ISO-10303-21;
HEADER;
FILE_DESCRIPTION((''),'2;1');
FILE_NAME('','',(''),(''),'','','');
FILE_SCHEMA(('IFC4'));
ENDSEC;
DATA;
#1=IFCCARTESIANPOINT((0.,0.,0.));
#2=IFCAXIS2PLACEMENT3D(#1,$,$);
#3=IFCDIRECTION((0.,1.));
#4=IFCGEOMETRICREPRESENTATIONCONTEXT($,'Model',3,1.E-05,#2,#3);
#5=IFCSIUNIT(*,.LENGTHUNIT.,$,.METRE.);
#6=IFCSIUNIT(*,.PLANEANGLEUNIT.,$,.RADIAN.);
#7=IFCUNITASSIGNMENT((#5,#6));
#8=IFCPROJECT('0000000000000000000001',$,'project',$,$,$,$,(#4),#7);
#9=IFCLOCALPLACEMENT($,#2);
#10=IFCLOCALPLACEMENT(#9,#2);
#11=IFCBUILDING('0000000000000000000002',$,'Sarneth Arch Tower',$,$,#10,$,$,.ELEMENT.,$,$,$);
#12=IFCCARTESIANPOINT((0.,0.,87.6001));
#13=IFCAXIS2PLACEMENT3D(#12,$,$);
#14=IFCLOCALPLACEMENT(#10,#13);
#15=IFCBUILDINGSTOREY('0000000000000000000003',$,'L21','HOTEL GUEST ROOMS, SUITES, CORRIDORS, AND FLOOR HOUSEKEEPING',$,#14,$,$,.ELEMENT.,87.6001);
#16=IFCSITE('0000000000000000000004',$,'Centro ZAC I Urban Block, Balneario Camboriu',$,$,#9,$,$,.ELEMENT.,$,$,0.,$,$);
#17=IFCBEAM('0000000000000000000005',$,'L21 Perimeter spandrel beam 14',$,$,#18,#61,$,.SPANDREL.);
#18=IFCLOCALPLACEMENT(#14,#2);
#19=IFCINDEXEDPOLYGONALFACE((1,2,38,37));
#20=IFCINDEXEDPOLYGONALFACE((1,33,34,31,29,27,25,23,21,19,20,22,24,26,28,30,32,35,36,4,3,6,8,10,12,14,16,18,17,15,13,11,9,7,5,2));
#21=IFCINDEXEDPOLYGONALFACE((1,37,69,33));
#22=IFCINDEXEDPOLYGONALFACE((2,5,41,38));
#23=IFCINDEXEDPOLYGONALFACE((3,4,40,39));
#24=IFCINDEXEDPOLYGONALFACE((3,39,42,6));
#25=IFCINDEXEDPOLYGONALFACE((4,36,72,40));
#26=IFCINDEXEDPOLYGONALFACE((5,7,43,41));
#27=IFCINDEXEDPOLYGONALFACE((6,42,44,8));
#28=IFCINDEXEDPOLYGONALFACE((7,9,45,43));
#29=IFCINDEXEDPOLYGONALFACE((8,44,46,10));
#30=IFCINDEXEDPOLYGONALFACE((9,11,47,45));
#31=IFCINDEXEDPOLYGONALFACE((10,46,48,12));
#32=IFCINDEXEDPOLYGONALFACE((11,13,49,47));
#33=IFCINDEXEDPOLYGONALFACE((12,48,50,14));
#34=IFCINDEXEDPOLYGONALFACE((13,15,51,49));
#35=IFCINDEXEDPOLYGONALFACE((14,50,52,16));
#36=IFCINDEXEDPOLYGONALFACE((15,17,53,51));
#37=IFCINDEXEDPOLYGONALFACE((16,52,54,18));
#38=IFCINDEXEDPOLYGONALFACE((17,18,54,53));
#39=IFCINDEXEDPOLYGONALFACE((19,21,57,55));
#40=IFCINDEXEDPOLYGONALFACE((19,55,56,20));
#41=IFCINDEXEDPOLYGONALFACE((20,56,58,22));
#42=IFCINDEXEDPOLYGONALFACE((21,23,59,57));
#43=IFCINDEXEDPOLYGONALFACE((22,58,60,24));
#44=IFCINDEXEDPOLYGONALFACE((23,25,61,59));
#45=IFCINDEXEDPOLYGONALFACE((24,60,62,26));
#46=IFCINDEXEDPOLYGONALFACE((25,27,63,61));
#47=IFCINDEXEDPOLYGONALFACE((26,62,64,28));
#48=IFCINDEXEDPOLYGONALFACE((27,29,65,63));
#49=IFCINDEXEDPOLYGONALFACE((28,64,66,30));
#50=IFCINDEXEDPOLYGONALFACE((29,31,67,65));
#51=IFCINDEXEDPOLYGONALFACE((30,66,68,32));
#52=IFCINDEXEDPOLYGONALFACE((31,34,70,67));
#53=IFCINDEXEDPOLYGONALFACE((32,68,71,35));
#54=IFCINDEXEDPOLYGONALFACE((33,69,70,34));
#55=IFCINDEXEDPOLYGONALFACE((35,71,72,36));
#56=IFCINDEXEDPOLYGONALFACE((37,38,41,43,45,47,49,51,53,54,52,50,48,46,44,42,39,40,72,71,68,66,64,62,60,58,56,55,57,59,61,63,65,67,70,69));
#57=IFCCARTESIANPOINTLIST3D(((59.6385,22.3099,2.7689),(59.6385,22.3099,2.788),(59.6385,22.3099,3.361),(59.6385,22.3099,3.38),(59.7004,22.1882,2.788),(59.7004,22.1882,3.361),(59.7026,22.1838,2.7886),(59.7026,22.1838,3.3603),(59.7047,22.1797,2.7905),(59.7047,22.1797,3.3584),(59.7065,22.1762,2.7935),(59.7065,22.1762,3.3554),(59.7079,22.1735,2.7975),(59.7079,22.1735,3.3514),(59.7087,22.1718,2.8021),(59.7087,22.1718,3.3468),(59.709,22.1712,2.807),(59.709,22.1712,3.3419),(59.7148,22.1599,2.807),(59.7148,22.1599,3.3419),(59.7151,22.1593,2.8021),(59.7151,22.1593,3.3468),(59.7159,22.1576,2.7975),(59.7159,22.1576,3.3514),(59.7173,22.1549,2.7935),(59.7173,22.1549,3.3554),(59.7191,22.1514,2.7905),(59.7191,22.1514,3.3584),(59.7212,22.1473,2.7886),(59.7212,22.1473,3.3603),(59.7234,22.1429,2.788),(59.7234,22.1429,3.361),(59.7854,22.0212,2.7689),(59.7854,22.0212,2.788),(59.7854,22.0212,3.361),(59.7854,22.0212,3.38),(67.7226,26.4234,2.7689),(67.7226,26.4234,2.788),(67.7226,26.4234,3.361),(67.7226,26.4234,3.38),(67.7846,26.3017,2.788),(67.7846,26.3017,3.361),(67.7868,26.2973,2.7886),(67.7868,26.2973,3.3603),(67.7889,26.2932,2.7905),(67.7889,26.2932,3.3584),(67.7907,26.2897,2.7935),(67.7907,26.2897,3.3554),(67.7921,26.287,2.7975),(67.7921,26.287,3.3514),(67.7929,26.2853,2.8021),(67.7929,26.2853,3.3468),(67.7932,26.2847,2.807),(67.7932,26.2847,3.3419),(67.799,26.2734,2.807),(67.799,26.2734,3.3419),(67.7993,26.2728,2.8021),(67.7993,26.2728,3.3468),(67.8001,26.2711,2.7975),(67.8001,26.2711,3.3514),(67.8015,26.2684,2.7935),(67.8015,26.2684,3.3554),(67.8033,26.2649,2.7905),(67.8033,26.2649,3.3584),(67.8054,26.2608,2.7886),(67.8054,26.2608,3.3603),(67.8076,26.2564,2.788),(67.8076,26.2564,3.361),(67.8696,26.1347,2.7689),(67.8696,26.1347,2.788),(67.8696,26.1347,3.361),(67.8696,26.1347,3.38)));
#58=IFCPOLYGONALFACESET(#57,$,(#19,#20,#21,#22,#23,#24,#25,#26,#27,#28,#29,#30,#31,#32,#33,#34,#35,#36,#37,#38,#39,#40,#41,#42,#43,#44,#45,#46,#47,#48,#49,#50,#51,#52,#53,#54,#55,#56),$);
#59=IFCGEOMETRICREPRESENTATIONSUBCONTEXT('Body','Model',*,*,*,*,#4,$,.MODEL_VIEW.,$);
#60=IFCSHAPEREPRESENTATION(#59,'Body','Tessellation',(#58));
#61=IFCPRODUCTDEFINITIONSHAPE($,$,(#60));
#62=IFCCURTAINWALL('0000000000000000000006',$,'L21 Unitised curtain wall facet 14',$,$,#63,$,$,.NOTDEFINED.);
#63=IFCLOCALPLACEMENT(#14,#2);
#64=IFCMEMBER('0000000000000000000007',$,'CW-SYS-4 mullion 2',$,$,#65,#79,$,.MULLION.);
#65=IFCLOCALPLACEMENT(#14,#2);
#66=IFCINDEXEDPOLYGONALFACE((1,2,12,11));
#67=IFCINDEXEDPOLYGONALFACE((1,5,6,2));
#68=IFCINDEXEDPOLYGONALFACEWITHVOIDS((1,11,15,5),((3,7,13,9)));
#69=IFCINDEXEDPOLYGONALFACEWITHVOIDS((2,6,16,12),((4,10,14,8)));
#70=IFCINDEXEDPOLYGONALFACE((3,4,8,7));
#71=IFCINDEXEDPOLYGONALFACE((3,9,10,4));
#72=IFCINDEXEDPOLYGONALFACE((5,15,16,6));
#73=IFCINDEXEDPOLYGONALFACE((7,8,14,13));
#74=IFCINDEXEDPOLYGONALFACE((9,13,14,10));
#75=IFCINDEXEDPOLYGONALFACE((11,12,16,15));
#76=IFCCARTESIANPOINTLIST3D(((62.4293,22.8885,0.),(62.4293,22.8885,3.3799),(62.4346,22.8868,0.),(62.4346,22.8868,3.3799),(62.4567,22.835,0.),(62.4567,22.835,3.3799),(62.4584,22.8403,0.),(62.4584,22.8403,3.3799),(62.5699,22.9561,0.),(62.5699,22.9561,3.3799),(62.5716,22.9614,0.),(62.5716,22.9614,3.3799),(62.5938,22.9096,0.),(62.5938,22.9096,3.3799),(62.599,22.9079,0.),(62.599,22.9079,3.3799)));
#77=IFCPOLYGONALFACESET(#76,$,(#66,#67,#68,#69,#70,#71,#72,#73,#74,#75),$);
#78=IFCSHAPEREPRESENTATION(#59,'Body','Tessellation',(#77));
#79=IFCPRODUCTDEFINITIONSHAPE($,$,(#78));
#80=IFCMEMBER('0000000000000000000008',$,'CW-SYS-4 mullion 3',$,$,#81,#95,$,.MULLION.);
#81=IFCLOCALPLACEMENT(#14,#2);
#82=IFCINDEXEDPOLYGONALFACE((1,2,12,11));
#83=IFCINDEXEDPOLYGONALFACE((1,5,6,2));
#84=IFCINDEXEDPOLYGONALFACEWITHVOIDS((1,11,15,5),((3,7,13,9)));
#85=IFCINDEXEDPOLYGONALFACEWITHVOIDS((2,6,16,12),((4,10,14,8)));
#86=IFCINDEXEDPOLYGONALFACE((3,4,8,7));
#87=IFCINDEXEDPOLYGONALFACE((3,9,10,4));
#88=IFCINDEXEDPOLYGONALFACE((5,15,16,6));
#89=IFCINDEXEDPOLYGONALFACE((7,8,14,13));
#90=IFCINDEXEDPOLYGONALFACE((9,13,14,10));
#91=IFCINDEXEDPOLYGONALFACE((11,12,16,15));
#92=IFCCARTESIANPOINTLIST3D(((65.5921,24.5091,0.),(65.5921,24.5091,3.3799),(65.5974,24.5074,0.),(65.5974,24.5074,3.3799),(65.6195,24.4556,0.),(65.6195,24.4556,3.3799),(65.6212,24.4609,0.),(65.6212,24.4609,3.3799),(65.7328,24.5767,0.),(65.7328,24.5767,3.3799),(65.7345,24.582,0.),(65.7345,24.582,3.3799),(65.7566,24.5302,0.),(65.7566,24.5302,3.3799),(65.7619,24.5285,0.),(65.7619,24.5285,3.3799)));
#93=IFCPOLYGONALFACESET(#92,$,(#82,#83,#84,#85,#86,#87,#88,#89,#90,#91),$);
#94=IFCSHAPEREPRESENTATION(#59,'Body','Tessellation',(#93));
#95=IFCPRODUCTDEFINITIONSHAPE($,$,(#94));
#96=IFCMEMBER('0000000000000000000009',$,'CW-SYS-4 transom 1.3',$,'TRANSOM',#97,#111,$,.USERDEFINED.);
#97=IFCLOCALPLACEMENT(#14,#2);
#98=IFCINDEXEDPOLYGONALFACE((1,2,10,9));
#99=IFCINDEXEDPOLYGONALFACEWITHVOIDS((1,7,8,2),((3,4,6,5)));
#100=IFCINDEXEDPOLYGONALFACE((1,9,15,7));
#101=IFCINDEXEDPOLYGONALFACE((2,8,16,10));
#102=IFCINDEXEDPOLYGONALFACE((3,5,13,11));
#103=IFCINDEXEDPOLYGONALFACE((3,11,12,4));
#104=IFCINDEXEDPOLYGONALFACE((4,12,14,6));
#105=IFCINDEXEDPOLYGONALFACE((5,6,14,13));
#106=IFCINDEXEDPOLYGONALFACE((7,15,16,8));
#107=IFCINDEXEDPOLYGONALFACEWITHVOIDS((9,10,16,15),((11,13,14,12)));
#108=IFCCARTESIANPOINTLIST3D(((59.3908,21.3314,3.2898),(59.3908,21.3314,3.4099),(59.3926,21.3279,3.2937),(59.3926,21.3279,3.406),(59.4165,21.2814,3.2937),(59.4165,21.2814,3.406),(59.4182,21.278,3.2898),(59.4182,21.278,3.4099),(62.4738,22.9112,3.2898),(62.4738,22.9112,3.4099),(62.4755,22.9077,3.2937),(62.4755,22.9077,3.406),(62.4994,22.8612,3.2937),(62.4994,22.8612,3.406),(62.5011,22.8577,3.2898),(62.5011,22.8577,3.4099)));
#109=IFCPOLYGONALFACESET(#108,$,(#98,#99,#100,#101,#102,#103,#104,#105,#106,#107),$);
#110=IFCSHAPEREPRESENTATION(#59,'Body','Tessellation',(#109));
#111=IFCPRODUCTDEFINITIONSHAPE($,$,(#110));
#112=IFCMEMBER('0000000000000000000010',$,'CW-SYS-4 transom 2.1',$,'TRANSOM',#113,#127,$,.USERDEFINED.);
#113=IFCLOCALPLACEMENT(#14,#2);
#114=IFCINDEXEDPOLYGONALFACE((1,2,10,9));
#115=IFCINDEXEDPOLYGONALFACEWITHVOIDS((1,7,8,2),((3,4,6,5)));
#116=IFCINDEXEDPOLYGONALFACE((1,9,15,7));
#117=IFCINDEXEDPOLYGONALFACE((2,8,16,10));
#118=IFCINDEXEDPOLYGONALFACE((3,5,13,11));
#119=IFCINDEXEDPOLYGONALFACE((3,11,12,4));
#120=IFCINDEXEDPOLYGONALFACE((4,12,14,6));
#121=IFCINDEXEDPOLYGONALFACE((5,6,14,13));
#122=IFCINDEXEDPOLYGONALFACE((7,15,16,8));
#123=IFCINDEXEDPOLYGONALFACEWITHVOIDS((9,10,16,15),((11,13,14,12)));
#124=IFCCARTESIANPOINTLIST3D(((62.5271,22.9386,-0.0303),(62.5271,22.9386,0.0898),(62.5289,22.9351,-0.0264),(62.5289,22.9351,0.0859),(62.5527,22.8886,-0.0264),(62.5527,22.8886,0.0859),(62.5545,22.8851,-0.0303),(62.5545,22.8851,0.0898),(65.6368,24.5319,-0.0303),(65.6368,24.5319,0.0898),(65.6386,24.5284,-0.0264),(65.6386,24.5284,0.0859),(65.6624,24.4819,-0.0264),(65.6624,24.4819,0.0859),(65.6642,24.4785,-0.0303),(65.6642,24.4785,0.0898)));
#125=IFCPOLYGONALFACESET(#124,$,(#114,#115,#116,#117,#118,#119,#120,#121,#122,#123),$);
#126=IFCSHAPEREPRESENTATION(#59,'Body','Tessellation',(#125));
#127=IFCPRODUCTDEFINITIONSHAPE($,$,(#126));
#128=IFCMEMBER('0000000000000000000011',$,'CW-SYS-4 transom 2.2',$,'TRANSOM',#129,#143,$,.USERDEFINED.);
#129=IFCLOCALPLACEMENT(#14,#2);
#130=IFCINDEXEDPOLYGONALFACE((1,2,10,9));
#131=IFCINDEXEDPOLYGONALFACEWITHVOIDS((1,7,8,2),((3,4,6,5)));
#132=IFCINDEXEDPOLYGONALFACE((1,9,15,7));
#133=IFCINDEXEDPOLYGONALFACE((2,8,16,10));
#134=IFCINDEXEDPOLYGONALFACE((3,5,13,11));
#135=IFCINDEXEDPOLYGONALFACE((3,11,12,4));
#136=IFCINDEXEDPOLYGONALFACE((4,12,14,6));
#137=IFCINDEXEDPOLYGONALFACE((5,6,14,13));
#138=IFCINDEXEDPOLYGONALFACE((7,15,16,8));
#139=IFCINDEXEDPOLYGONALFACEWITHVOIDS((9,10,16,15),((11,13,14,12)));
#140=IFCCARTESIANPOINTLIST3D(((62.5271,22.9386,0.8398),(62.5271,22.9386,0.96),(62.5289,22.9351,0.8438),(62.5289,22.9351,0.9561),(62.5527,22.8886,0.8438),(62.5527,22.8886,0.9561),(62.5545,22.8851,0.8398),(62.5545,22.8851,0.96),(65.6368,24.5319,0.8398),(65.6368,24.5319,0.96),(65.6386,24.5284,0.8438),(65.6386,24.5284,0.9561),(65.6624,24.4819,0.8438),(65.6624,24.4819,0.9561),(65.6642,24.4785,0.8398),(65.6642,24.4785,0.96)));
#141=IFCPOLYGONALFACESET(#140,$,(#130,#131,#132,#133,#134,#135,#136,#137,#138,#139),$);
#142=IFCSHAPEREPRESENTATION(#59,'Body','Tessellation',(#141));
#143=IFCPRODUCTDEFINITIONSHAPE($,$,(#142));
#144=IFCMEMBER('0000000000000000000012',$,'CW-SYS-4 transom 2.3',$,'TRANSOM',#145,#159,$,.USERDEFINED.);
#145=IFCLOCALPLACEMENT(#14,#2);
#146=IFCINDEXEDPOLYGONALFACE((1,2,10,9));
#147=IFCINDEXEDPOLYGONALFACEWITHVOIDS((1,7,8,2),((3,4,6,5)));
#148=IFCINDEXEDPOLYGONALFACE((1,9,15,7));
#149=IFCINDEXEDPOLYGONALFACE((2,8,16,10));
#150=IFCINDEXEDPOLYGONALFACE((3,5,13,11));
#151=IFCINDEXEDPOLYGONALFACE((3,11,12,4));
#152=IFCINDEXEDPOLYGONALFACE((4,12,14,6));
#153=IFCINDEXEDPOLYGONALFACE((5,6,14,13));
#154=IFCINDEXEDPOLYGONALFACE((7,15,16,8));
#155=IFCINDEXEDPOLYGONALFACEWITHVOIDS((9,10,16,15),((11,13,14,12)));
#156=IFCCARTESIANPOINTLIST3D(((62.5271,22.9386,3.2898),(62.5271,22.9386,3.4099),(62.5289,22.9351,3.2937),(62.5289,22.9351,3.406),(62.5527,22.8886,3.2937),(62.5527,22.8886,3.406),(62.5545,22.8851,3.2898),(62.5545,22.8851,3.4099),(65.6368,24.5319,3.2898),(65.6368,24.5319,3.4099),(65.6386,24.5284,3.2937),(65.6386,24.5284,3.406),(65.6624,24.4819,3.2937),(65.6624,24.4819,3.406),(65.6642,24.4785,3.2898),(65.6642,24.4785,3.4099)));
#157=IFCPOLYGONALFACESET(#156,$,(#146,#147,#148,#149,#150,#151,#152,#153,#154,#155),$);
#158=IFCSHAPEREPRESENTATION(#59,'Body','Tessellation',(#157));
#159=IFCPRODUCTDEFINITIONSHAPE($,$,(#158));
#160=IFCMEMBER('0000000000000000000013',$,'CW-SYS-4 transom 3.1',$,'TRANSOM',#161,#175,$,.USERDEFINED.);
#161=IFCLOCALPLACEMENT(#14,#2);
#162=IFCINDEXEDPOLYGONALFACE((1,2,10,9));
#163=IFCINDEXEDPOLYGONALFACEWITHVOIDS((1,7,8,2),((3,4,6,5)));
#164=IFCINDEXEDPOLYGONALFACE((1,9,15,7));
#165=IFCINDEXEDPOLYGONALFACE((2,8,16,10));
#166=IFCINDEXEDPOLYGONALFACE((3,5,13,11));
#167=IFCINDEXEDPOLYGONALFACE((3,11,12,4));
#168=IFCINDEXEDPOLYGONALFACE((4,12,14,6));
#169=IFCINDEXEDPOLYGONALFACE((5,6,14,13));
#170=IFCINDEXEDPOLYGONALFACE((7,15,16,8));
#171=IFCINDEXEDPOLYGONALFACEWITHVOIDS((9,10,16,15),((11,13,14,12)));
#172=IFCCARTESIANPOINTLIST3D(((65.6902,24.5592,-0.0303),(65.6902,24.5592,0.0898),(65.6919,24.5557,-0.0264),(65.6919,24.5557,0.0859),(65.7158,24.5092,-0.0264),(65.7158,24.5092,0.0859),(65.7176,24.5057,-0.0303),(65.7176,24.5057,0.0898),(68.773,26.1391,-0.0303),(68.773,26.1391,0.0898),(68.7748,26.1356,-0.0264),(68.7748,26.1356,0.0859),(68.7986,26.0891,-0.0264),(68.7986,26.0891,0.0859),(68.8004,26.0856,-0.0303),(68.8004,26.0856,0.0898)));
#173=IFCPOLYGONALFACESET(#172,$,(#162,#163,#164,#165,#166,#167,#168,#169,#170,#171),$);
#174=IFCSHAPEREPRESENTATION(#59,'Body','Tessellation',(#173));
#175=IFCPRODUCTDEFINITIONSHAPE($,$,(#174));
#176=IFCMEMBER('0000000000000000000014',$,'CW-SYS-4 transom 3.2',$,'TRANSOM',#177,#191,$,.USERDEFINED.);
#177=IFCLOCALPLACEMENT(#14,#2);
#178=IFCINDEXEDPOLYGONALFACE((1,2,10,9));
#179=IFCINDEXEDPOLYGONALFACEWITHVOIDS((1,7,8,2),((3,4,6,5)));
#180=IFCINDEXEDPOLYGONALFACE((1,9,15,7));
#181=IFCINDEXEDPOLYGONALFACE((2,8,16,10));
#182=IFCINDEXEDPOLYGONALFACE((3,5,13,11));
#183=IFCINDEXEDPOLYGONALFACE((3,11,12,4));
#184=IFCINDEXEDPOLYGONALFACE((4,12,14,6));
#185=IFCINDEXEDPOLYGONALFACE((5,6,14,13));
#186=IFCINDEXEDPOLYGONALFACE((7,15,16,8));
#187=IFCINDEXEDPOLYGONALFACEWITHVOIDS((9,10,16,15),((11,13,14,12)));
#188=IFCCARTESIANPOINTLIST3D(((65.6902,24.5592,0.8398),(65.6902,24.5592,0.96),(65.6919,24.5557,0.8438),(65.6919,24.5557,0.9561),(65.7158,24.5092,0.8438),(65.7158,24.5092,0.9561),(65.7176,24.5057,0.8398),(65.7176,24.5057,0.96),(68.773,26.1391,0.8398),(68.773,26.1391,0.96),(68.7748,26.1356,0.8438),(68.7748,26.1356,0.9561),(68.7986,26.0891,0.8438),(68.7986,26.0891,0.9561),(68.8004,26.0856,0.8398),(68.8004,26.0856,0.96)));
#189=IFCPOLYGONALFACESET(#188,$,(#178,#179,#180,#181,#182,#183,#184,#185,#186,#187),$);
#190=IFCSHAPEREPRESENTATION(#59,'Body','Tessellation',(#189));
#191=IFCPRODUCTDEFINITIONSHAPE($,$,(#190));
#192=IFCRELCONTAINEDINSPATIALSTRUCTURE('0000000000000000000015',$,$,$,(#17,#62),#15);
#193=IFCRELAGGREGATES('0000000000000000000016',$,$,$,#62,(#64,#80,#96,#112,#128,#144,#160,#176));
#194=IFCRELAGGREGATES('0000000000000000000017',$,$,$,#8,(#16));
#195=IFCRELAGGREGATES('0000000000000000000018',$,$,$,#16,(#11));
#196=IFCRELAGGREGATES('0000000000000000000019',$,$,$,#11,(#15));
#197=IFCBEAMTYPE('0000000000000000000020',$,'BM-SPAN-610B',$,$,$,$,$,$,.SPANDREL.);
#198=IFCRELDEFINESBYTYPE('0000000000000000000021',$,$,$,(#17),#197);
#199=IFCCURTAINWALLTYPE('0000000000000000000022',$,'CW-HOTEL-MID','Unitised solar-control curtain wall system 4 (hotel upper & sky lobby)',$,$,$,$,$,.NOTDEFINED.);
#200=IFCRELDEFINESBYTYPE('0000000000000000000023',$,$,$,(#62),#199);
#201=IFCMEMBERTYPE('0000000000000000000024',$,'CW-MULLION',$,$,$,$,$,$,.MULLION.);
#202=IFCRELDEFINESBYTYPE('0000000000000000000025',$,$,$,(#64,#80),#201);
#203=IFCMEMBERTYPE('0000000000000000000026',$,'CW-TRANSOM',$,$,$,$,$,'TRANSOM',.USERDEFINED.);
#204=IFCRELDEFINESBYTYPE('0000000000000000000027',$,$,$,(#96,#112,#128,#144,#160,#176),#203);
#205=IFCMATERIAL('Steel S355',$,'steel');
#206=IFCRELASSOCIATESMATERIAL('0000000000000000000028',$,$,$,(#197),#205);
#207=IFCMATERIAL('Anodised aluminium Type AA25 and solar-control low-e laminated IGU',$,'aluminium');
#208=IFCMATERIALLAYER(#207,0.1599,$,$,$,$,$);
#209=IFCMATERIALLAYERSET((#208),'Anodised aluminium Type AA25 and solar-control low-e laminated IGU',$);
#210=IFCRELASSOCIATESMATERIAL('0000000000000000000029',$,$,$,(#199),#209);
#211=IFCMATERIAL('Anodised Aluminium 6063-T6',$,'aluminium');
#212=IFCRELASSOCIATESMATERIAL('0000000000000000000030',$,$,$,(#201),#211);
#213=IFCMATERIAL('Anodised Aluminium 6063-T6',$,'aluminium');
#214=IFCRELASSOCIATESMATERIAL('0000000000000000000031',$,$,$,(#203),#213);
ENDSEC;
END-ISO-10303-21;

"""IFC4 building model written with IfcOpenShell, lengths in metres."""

from ifc_helpers import new_model, si_unit, direction, frame, origin, origin_2d, place, context, subcontext, project, spatial, hollow_rectangle, i_section, extrude, material, layer, layer_set, material_profile, profile_set, type_object, element, aggregate, save


model = new_model("IFC4")

# Units and contexts
model_context = context("Model", 3, precision=1e-05, world=origin(), true_north=direction((0.0, 1.0)))
body_context = subcontext(model_context, "Body", "Model", "MODEL_VIEW")
ifc_project = project(units=[si_unit("LENGTHUNIT", "METRE"), si_unit("PLANEANGLEUNIT", "RADIAN")], contexts=[model_context])

# Site, building, storey
site_placement = place(None, origin())
site = spatial("IfcSite", under=ifc_project, at=site_placement, Name="Centro ZAC I Urban Block, Balneario Camboriu", CompositionType="ELEMENT", RefElevation=0.0)
building_placement = place(site_placement, origin())
building = spatial("IfcBuilding", under=site, at=building_placement, Name="Sarneth Arch Tower", CompositionType="ELEMENT")
storey_placement = place(building_placement, frame((0.0, 0.0, 87.6001)))
storey = spatial("IfcBuildingStorey", under=building, at=storey_placement, Name="L21", Description="HOTEL GUEST ROOMS, SUITES, CORRIDORS, AND FLOOR HOUSEKEEPING", CompositionType="ELEMENT", Elevation=87.6001)

# Beam
ifc_material_1 = material(Name="Steel S355", Category="steel")
ifc_material_profile_1 = material_profile(ifc_material_1, i_section(OverallWidth=0.324, OverallDepth=0.6111, WebThickness=0.0127, FlangeThickness=0.019, FilletRadius=0.019, at=origin_2d()), Name="W610x155")
ifc_profile_set_1 = profile_set([ifc_material_profile_1], Name="Steel S355")
beam_type = type_object("IfcBeamType", Name="BM-SPAN-610B", PredefinedType="SPANDREL", material=ifc_profile_set_1)
beam_placement = place(storey_placement, frame((59.7119, 22.1655, 3.0745), z_axis=(0.891256, 0.453501, 0.0), x_axis=(-0.453501, 0.891256, 0.0)))
element("IfcBeam", 1, at=beam_placement, inside=storey, type_object=beam_type, Name="L21 Perimeter spandrel beam 14", PredefinedType="SPANDREL", context=body_context, shape_type="SweptSolid", body=[
    extrude(i_section(OverallWidth=0.324, OverallDepth=0.6111, WebThickness=0.0127, FlangeThickness=0.019, FilletRadius=0.019, at=origin_2d()), origin(), (0.0, 0.0, 1.0), 9.0706),
])

# Curtain wall, members
ifc_material_2 = material(Name="Anodised aluminium Type AA25 and solar-control low-e laminated IGU", Category="aluminium")
ifc_layer_1 = layer(ifc_material_2, 0.1599)
ifc_layer_set_1 = layer_set([ifc_layer_1], Name="Anodised aluminium Type AA25 and solar-control low-e laminated IGU")
curtain_wall_type = type_object("IfcCurtainWallType", Name="CW-HOTEL-MID", Description="Unitised solar-control curtain wall system 4 (hotel upper & sky lobby)", PredefinedType="NOTDEFINED", material=ifc_layer_set_1)
curtain_wall_placement = place(storey_placement, origin())
curtain_wall = element("IfcCurtainWall", 2, at=curtain_wall_placement, inside=storey, type_object=curtain_wall_type, Name="L21 Unitised curtain wall facet 14", PredefinedType="NOTDEFINED")
ifc_material_3 = material(Name="Anodised Aluminium 6063-T6", Category="aluminium")
ifc_material_profile_2 = material_profile(ifc_material_3, hollow_rectangle(XDim=0.0601, YDim=0.1599, WallThickness=0.0039, at=origin_2d()), Name="AL-MULL-160x60x4")
ifc_profile_set_2 = profile_set([ifc_material_profile_2], Name="Anodised Aluminium 6063-T6")
member_type_1 = type_object("IfcMemberType", Name="CW-MULLION", PredefinedType="MULLION", material=ifc_profile_set_2)
member_1_placement = place(storey_placement, frame((62.5142, 22.8982, 0.0), z_axis=(0.0, 0.0, 1.0), x_axis=(-0.456031, 0.889964, 0.0)))
member_1 = element("IfcMember", 3, at=member_1_placement, type_object=member_type_1, Name="CW-SYS-4 mullion 2", PredefinedType="MULLION", context=body_context, shape_type="SweptSolid", body=[
    extrude(hollow_rectangle(XDim=0.0601, YDim=0.1599, WallThickness=0.0039, at=origin_2d()), origin(), (0.0, 0.0, 1.0), 3.3799),
])
member_2_placement = place(storey_placement, frame((65.677, 24.5188, 0.0), z_axis=(0.0, 0.0, 1.0), x_axis=(-0.456031, 0.889964, 0.0)))
member_2 = element("IfcMember", 4, at=member_2_placement, type_object=member_type_1, Name="CW-SYS-4 mullion 3", PredefinedType="MULLION", context=body_context, shape_type="SweptSolid", body=[
    extrude(hollow_rectangle(XDim=0.0601, YDim=0.1599, WallThickness=0.0039, at=origin_2d()), origin(), (0.0, 0.0, 1.0), 3.3799),
])
ifc_material_4 = material(Name="Anodised Aluminium 6063-T6", Category="aluminium")
ifc_material_profile_3 = material_profile(ifc_material_4, hollow_rectangle(XDim=0.0601, YDim=0.1201, WallThickness=0.0039, at=origin_2d()), Name="AL-TRAN-120x60x4")
ifc_profile_set_3 = profile_set([ifc_material_profile_3], Name="Anodised Aluminium 6063-T6")
member_type_2 = type_object("IfcMemberType", Name="CW-TRANSOM", ElementType="TRANSOM", PredefinedType="USERDEFINED", material=ifc_profile_set_3)
member_3_placement = place(storey_placement, frame((59.4045, 21.3047, 3.3499), z_axis=(0.889958, 0.456043, 0.0), x_axis=(-0.456043, 0.889958, 0.0)))
member_3 = element("IfcMember", 5, at=member_3_placement, type_object=member_type_2, Name="CW-SYS-4 transom 1.3", ObjectType="TRANSOM", PredefinedType="USERDEFINED", context=body_context, shape_type="SweptSolid", body=[
    extrude(hollow_rectangle(XDim=0.0601, YDim=0.1201, WallThickness=0.0039, at=origin_2d()), origin(), (0.0, 0.0, 1.0), 3.4641),
])
member_4_placement = place(storey_placement, frame((62.5408, 22.9119, 0.0298), z_axis=(0.889982, 0.455996, 0.0), x_axis=(-0.455996, 0.889982, 0.0)))
member_4 = element("IfcMember", 6, at=member_4_placement, type_object=member_type_2, Name="CW-SYS-4 transom 2.1", ObjectType="TRANSOM", PredefinedType="USERDEFINED", context=body_context, shape_type="SweptSolid", body=[
    extrude(hollow_rectangle(XDim=0.0601, YDim=0.1201, WallThickness=0.0039, at=origin_2d()), origin(), (0.0, 0.0, 1.0), 3.4941),
])
member_5_placement = place(storey_placement, frame((62.5408, 22.9119, 0.8999), z_axis=(0.889982, 0.455996, 0.0), x_axis=(-0.455996, 0.889982, 0.0)))
member_5 = element("IfcMember", 7, at=member_5_placement, type_object=member_type_2, Name="CW-SYS-4 transom 2.2", ObjectType="TRANSOM", PredefinedType="USERDEFINED", context=body_context, shape_type="SweptSolid", body=[
    extrude(hollow_rectangle(XDim=0.0601, YDim=0.1201, WallThickness=0.0039, at=origin_2d()), origin(), (0.0, 0.0, 1.0), 3.4941),
])
member_6_placement = place(storey_placement, frame((62.5408, 22.9119, 3.3499), z_axis=(0.889982, 0.455996, 0.0), x_axis=(-0.455996, 0.889982, 0.0)))
member_6 = element("IfcMember", 8, at=member_6_placement, type_object=member_type_2, Name="CW-SYS-4 transom 2.3", ObjectType="TRANSOM", PredefinedType="USERDEFINED", context=body_context, shape_type="SweptSolid", body=[
    extrude(hollow_rectangle(XDim=0.0601, YDim=0.1201, WallThickness=0.0039, at=origin_2d()), origin(), (0.0, 0.0, 1.0), 3.4941),
])
member_7_placement = place(storey_placement, frame((65.7039, 24.5325, 0.0298), z_axis=(0.889943, 0.456072, 0.0), x_axis=(-0.456072, 0.889943, 0.0)))
member_7 = element("IfcMember", 9, at=member_7_placement, type_object=member_type_2, Name="CW-SYS-4 transom 3.1", ObjectType="TRANSOM", PredefinedType="USERDEFINED", context=body_context, shape_type="SweptSolid", body=[
    extrude(hollow_rectangle(XDim=0.0601, YDim=0.1201, WallThickness=0.0039, at=origin_2d()), origin(), (0.0, 0.0, 1.0), 3.4641),
])
member_8_placement = place(storey_placement, frame((65.7039, 24.5325, 0.8999), z_axis=(0.889943, 0.456072, 0.0), x_axis=(-0.456072, 0.889943, 0.0)))
member_8 = element("IfcMember", 10, at=member_8_placement, type_object=member_type_2, Name="CW-SYS-4 transom 3.2", ObjectType="TRANSOM", PredefinedType="USERDEFINED", context=body_context, shape_type="SweptSolid", body=[
    extrude(hollow_rectangle(XDim=0.0601, YDim=0.1201, WallThickness=0.0039, at=origin_2d()), origin(), (0.0, 0.0, 1.0), 3.4641),
])
aggregate(curtain_wall, [member_1, member_2, member_3, member_4, member_5, member_6, member_7, member_8])

save(model, "model.ifc")
